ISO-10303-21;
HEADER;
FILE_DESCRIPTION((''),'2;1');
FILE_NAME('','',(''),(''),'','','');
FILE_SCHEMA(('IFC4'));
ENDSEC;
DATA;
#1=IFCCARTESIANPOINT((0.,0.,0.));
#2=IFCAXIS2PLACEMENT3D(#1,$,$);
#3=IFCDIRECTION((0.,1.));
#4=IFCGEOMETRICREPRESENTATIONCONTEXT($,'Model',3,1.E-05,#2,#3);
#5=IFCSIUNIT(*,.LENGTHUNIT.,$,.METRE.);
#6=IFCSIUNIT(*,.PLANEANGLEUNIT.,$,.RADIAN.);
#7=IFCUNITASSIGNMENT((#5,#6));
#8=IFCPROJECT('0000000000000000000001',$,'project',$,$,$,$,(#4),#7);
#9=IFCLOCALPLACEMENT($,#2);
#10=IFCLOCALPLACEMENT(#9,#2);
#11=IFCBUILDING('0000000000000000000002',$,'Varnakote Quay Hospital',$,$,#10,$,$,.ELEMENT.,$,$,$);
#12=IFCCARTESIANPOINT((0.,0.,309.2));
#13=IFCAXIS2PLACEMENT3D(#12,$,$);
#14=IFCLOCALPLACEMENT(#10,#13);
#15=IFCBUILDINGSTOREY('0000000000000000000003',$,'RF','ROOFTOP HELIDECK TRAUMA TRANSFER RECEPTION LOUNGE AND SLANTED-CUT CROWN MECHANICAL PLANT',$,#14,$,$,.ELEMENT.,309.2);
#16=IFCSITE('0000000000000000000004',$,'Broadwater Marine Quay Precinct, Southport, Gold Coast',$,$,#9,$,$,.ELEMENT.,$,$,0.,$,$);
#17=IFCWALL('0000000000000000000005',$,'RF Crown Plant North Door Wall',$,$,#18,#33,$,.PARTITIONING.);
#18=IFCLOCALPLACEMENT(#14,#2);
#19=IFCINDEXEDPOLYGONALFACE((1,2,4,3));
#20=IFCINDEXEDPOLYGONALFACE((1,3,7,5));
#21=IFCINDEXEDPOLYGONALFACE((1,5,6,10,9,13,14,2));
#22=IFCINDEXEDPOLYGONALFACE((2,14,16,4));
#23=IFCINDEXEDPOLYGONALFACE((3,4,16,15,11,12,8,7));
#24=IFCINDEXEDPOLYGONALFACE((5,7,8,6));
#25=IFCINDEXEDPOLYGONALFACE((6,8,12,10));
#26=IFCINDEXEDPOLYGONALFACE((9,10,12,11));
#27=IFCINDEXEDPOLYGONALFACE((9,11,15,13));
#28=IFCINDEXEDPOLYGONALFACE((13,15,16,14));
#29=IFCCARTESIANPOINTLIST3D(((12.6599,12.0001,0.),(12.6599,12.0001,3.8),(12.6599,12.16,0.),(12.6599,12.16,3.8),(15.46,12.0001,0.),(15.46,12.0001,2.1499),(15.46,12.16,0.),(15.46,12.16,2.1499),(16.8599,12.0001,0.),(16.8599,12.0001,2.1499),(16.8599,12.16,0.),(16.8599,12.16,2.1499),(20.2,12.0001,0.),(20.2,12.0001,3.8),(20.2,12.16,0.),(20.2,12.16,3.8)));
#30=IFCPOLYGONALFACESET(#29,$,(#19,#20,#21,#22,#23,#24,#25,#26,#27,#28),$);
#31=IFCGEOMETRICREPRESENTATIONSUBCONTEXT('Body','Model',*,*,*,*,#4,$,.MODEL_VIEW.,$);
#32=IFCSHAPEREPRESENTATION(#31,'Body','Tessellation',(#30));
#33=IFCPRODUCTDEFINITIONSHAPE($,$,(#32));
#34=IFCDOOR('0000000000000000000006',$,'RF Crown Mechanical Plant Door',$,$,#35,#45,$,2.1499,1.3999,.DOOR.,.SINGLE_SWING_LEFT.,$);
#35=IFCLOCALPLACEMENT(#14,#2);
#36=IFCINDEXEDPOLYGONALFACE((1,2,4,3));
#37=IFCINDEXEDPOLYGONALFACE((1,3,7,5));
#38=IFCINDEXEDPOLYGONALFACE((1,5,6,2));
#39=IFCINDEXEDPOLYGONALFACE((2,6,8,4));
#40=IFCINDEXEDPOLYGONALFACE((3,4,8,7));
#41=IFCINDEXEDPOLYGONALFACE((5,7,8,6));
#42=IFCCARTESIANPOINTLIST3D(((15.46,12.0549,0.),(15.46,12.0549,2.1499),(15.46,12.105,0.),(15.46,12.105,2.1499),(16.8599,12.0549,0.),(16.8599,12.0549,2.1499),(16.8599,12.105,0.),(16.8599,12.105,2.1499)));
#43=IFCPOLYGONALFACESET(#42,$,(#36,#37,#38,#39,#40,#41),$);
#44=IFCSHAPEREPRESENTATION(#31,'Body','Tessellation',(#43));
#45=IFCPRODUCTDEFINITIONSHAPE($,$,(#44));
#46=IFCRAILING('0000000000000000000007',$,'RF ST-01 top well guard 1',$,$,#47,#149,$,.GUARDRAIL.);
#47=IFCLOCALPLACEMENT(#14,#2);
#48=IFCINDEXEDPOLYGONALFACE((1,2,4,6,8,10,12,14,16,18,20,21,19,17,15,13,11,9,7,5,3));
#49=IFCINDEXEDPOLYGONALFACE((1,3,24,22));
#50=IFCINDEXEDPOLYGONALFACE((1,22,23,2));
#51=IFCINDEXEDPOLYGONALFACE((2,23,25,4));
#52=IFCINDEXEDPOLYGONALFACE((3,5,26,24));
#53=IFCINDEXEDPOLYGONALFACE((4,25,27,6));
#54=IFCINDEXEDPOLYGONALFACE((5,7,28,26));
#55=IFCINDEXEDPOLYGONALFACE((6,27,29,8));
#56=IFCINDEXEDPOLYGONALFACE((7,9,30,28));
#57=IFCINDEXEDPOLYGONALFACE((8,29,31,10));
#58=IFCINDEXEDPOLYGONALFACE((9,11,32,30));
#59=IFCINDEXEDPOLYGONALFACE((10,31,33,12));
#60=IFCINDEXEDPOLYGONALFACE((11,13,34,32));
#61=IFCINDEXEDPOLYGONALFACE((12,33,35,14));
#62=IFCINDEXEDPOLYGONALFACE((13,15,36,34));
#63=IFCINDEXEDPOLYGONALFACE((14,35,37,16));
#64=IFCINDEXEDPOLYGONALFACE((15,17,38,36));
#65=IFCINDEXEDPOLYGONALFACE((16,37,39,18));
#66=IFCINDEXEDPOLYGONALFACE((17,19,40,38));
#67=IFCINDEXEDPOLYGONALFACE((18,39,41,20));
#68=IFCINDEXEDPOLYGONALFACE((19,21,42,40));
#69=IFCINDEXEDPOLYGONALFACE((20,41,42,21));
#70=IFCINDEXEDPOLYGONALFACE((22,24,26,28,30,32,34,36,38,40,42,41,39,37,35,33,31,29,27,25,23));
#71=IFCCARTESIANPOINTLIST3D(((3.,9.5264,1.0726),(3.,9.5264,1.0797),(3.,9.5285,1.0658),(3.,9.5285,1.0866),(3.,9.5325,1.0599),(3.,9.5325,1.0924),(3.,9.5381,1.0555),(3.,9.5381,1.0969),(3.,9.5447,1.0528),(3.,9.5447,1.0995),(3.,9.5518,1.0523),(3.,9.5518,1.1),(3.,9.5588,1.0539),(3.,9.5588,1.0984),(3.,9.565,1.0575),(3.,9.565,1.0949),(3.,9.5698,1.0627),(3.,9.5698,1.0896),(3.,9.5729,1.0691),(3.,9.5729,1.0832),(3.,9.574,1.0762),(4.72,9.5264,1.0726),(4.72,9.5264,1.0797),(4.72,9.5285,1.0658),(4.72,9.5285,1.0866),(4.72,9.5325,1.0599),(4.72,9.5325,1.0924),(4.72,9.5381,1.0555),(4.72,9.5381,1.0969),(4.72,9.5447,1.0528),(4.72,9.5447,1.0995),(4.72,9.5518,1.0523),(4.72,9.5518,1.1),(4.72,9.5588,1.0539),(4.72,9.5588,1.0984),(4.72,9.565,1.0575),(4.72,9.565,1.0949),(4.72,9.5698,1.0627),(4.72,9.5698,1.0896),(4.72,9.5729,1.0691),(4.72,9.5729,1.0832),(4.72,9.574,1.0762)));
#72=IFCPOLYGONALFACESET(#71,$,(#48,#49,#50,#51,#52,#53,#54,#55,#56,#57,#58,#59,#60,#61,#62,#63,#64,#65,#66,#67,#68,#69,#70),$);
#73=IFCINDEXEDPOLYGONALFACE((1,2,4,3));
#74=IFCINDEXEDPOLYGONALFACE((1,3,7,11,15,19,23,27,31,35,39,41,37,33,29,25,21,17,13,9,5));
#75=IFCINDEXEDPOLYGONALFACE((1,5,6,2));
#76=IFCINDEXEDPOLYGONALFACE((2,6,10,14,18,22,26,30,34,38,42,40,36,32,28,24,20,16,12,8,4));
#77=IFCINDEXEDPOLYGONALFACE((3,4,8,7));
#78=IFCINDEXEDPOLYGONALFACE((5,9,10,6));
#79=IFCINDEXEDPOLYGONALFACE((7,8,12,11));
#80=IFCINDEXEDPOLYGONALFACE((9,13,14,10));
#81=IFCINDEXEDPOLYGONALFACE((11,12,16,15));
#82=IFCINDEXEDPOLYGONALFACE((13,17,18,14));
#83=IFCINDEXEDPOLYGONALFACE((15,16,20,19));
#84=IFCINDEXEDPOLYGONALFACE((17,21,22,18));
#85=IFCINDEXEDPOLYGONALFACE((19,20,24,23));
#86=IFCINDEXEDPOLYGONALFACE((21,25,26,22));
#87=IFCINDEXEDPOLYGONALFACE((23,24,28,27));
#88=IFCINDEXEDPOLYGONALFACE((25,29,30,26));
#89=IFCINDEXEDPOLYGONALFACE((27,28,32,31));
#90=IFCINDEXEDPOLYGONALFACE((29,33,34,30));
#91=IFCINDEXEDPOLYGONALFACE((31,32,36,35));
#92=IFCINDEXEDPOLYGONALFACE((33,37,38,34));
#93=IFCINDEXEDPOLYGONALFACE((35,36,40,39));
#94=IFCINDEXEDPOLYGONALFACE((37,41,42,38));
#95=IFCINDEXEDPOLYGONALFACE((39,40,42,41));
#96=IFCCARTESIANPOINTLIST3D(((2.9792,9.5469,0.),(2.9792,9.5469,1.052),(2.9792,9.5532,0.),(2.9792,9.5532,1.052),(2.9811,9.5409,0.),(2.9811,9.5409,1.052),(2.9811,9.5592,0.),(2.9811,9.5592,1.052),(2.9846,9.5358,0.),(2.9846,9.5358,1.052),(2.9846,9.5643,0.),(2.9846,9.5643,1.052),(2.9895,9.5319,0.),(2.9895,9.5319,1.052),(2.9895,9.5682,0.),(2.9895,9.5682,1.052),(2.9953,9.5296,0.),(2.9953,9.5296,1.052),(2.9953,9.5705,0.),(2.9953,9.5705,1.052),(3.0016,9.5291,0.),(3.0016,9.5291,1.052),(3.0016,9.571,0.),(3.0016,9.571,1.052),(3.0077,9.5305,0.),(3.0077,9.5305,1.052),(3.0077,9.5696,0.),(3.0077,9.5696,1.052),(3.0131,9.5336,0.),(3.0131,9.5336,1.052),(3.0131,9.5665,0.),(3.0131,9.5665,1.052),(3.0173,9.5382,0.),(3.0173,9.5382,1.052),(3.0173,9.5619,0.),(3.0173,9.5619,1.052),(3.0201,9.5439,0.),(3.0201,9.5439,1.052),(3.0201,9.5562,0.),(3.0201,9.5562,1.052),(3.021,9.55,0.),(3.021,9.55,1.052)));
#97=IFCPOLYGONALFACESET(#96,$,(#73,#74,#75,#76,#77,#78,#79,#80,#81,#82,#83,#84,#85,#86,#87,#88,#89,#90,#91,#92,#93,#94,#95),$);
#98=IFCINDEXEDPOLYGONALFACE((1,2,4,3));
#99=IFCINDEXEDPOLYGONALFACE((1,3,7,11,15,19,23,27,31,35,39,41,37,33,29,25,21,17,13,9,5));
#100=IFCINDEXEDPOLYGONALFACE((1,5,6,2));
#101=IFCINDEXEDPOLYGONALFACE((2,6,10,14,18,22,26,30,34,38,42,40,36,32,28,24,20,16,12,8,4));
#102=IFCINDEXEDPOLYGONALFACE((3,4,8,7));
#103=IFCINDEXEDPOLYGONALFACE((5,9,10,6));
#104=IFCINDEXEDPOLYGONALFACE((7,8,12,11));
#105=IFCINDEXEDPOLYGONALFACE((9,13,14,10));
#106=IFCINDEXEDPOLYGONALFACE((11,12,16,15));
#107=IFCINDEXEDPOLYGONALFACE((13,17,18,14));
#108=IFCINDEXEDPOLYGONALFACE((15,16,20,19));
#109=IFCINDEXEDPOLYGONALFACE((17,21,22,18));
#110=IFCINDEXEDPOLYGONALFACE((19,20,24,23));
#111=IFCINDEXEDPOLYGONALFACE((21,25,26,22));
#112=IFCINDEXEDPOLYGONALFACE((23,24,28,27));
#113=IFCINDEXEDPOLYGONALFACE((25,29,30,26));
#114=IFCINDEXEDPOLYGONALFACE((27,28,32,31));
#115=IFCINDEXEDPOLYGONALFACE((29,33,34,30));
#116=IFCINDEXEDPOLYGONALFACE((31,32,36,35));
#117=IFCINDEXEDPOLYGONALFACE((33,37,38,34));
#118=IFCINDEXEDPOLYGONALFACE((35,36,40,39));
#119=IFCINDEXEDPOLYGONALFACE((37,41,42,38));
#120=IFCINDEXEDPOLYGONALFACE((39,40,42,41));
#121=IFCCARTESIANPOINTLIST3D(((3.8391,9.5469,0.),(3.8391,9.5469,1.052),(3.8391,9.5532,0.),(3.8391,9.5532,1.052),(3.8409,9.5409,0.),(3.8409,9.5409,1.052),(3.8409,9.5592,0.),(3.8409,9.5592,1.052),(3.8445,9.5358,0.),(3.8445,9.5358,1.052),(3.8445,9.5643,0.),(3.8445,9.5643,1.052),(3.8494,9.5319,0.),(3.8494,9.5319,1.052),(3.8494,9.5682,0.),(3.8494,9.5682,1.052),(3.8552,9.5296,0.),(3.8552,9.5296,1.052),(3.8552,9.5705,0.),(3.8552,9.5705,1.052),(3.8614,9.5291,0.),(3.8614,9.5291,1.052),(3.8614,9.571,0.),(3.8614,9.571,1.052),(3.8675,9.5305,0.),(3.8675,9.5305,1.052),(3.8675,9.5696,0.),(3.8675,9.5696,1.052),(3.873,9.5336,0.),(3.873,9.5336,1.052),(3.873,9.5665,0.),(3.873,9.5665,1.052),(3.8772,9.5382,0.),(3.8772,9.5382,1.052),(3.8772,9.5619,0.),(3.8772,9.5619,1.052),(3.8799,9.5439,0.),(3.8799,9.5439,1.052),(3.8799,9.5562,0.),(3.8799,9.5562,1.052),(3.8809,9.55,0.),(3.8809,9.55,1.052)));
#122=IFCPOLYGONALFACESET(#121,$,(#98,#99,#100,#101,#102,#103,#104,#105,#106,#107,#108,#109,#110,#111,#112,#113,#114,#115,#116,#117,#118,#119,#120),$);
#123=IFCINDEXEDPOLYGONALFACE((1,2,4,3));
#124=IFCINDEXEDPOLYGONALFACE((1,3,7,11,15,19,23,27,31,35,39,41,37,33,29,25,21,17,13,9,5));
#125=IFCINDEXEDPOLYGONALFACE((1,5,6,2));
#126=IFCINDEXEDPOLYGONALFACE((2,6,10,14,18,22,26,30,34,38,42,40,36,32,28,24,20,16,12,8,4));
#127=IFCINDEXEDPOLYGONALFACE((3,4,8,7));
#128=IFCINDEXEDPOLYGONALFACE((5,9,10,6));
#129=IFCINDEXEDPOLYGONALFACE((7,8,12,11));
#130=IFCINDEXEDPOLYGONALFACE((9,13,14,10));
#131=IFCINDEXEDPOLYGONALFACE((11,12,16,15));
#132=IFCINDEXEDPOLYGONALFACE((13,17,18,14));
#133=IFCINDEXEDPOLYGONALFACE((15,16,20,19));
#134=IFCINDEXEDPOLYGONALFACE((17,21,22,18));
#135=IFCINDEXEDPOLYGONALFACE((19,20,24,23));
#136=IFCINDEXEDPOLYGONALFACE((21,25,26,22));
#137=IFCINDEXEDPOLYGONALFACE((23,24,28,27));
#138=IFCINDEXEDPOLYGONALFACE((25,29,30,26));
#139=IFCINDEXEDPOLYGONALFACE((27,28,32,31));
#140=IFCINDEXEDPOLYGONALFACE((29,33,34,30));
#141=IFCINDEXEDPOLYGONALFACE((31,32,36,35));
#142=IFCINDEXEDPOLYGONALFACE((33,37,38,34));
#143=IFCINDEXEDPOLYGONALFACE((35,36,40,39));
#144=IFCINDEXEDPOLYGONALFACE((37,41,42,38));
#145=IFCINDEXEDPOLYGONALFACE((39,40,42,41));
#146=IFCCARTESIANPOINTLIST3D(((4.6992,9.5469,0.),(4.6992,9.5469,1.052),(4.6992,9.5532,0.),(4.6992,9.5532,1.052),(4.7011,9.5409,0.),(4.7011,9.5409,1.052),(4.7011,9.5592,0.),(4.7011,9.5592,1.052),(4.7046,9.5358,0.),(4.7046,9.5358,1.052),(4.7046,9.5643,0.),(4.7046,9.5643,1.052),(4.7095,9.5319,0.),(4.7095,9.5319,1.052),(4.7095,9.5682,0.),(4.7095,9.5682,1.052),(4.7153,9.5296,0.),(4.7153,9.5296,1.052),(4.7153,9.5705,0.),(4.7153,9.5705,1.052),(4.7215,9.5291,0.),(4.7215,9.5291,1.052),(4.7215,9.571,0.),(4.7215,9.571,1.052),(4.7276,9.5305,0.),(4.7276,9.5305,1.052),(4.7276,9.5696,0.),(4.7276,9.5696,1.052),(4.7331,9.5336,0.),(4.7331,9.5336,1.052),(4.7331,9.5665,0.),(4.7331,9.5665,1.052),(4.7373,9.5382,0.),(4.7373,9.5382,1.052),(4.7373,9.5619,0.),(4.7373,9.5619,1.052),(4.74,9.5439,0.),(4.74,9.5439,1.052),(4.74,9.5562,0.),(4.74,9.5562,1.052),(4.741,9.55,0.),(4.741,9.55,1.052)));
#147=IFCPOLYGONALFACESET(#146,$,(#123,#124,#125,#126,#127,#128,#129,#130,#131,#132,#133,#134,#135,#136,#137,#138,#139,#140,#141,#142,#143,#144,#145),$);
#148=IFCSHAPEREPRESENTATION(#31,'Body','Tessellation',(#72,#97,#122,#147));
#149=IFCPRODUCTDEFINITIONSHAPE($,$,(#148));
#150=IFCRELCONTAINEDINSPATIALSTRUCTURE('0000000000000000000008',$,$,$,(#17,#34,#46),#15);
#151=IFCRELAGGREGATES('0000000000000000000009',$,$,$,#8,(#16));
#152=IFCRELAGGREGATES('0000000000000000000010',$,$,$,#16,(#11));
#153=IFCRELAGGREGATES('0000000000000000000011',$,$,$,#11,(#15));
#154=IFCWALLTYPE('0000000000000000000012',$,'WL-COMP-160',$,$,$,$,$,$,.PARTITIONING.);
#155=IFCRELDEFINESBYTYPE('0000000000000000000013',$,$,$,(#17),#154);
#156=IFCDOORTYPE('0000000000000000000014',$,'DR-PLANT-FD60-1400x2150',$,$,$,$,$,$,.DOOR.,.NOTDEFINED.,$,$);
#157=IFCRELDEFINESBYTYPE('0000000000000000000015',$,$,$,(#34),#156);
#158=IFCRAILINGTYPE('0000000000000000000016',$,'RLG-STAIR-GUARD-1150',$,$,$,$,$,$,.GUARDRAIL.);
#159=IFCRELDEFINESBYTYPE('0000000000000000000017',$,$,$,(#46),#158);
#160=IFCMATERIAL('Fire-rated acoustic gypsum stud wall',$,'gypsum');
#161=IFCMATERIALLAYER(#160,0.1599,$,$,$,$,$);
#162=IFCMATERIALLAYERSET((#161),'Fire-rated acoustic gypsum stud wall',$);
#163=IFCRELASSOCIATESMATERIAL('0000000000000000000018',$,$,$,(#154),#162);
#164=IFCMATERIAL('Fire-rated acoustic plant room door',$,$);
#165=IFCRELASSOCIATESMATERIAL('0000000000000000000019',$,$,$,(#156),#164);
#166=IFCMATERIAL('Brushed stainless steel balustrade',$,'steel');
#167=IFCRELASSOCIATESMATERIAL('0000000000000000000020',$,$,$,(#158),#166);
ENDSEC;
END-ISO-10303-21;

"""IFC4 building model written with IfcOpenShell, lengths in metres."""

from ifc_helpers import new_model, si_unit, direction, frame, frame_2d, origin, origin_2d, place, context, subcontext, project, spatial, rectangle, circle, extrude, material, layer, layer_set, type_object, element, fill, save


model = new_model("IFC4")

# Units and contexts
model_context = context("Model", 3, precision=1e-05, world=origin(), true_north=direction((0.0, 1.0)))
body_context = subcontext(model_context, "Body", "Model", "MODEL_VIEW")
ifc_project = project(units=[si_unit("LENGTHUNIT", "METRE"), si_unit("PLANEANGLEUNIT", "RADIAN")], contexts=[model_context])

# Site, building, storey
site_placement = place(None, origin())
site = spatial("IfcSite", under=ifc_project, at=site_placement, Name="Broadwater Marine Quay Precinct, Southport, Gold Coast", CompositionType="ELEMENT", RefElevation=0.0)
building_placement = place(site_placement, origin())
building = spatial("IfcBuilding", under=site, at=building_placement, Name="Varnakote Quay Hospital", CompositionType="ELEMENT")
storey_placement = place(building_placement, frame((0.0, 0.0, 309.2)))
storey = spatial("IfcBuildingStorey", under=building, at=storey_placement, Name="RF", Description="ROOFTOP HELIDECK TRAUMA TRANSFER RECEPTION LOUNGE AND SLANTED-CUT CROWN MECHANICAL PLANT", CompositionType="ELEMENT", Elevation=309.2)

# Shared definitions
ifc_material_1 = material(Name="Fire-rated acoustic gypsum stud wall", Category="gypsum")
ifc_layer_1 = layer(ifc_material_1, 0.1599)
ifc_layer_set_1 = layer_set([ifc_layer_1], Name="Fire-rated acoustic gypsum stud wall")
wall_type_1 = type_object("IfcWallType", Name="WL-COMP-160", PredefinedType="PARTITIONING", material=ifc_layer_set_1)

# Wall, opening, door
wall_1_placement = place(storey_placement, frame((12.6599, 12.0801, 0.0), z_axis=(0.0, 0.0, 1.0), x_axis=(1.0, 0.0, 0.0)))
wall_1 = element("IfcWall", 1, at=wall_1_placement, inside=storey, type_object=wall_type_1, Name="RF Crown Plant North Door Wall", PredefinedType="PARTITIONING", context=body_context, shape_type="SweptSolid", body=[
    extrude(rectangle(XDim=7.54, YDim=0.1599, at=frame_2d((3.77, 0.0))), origin(), (0.0, 0.0, 1.0), 3.8),
])
opening_1_placement = place(wall_1_placement, frame((2.8, 0.0, 0.0)))
opening_1 = element("IfcOpeningElement", 2, at=opening_1_placement, cuts=wall_1, PredefinedType="OPENING", context=body_context, shape_type="SweptSolid", body=[
    extrude(rectangle(XDim=1.3999, YDim=2.1499, at=frame_2d((0.7, 1.075))), frame((0.0, 0.0898, 0.0), z_axis=(0.0, -1.0, 0.0), x_axis=(1.0, 0.0, 0.0)), (0.0, 0.0, 1.0), 0.1799),
])
ifc_material_2 = material(Name="Fire-rated acoustic plant room door")
door_type_1 = type_object("IfcDoorType", Name="DR-PLANT-FD60-1400x2150", OperationType="NOTDEFINED", PredefinedType="DOOR", material=ifc_material_2)
door_1_placement = place(opening_1_placement, origin())
door_1 = element("IfcDoor", 3, at=door_1_placement, inside=storey, type_object=door_type_1, Name="RF Crown Mechanical Plant Door", OperationType="SINGLE_SWING_LEFT", OverallHeight=2.1499, OverallWidth=1.3999, PredefinedType="DOOR", context=body_context, shape_type="SweptSolid", body=[
    extrude(rectangle(XDim=1.3999, YDim=2.1499, at=frame_2d((0.7, 1.075))), frame((0.0, 0.0249, 0.0), z_axis=(0.0, -1.0, 0.0), x_axis=(1.0, 0.0, 0.0)), (0.0, 0.0, 1.0), 0.05),
])
fill(opening_1, door_1)

# Railing
ifc_material_3 = material(Name="Brushed stainless steel balustrade", Category="steel")
railing_type = type_object("IfcRailingType", Name="RLG-STAIR-GUARD-1150", PredefinedType="GUARDRAIL", material=ifc_material_3)
railing_placement = place(storey_placement, frame((3.0, 9.55, 0.0)))
element("IfcRailing", 4, at=railing_placement, inside=storey, type_object=railing_type, Name="RF ST-01 top well guard 1", PredefinedType="GUARDRAIL", context=body_context, shape_type="SweptSolid", body=[
    extrude(circle(Radius=0.0239, at=origin_2d()), frame((0.0, 0.0, 1.0762), z_axis=(1.0, 0.0, 0.0), x_axis=(0.0, 1.0, 0.0)), (0.0, 0.0, 1.0), 1.72),
    extrude(circle(Radius=0.021, at=origin_2d()), origin(), (0.0, 0.0, 1.0), 1.052),
    extrude(circle(Radius=0.021, at=origin_2d()), frame((0.8599, 0.0, 0.0)), (0.0, 0.0, 1.0), 1.052),
    extrude(circle(Radius=0.021, at=origin_2d()), frame((1.72, 0.0, 0.0)), (0.0, 0.0, 1.0), 1.052),
])

save(model, "model.ifc")
